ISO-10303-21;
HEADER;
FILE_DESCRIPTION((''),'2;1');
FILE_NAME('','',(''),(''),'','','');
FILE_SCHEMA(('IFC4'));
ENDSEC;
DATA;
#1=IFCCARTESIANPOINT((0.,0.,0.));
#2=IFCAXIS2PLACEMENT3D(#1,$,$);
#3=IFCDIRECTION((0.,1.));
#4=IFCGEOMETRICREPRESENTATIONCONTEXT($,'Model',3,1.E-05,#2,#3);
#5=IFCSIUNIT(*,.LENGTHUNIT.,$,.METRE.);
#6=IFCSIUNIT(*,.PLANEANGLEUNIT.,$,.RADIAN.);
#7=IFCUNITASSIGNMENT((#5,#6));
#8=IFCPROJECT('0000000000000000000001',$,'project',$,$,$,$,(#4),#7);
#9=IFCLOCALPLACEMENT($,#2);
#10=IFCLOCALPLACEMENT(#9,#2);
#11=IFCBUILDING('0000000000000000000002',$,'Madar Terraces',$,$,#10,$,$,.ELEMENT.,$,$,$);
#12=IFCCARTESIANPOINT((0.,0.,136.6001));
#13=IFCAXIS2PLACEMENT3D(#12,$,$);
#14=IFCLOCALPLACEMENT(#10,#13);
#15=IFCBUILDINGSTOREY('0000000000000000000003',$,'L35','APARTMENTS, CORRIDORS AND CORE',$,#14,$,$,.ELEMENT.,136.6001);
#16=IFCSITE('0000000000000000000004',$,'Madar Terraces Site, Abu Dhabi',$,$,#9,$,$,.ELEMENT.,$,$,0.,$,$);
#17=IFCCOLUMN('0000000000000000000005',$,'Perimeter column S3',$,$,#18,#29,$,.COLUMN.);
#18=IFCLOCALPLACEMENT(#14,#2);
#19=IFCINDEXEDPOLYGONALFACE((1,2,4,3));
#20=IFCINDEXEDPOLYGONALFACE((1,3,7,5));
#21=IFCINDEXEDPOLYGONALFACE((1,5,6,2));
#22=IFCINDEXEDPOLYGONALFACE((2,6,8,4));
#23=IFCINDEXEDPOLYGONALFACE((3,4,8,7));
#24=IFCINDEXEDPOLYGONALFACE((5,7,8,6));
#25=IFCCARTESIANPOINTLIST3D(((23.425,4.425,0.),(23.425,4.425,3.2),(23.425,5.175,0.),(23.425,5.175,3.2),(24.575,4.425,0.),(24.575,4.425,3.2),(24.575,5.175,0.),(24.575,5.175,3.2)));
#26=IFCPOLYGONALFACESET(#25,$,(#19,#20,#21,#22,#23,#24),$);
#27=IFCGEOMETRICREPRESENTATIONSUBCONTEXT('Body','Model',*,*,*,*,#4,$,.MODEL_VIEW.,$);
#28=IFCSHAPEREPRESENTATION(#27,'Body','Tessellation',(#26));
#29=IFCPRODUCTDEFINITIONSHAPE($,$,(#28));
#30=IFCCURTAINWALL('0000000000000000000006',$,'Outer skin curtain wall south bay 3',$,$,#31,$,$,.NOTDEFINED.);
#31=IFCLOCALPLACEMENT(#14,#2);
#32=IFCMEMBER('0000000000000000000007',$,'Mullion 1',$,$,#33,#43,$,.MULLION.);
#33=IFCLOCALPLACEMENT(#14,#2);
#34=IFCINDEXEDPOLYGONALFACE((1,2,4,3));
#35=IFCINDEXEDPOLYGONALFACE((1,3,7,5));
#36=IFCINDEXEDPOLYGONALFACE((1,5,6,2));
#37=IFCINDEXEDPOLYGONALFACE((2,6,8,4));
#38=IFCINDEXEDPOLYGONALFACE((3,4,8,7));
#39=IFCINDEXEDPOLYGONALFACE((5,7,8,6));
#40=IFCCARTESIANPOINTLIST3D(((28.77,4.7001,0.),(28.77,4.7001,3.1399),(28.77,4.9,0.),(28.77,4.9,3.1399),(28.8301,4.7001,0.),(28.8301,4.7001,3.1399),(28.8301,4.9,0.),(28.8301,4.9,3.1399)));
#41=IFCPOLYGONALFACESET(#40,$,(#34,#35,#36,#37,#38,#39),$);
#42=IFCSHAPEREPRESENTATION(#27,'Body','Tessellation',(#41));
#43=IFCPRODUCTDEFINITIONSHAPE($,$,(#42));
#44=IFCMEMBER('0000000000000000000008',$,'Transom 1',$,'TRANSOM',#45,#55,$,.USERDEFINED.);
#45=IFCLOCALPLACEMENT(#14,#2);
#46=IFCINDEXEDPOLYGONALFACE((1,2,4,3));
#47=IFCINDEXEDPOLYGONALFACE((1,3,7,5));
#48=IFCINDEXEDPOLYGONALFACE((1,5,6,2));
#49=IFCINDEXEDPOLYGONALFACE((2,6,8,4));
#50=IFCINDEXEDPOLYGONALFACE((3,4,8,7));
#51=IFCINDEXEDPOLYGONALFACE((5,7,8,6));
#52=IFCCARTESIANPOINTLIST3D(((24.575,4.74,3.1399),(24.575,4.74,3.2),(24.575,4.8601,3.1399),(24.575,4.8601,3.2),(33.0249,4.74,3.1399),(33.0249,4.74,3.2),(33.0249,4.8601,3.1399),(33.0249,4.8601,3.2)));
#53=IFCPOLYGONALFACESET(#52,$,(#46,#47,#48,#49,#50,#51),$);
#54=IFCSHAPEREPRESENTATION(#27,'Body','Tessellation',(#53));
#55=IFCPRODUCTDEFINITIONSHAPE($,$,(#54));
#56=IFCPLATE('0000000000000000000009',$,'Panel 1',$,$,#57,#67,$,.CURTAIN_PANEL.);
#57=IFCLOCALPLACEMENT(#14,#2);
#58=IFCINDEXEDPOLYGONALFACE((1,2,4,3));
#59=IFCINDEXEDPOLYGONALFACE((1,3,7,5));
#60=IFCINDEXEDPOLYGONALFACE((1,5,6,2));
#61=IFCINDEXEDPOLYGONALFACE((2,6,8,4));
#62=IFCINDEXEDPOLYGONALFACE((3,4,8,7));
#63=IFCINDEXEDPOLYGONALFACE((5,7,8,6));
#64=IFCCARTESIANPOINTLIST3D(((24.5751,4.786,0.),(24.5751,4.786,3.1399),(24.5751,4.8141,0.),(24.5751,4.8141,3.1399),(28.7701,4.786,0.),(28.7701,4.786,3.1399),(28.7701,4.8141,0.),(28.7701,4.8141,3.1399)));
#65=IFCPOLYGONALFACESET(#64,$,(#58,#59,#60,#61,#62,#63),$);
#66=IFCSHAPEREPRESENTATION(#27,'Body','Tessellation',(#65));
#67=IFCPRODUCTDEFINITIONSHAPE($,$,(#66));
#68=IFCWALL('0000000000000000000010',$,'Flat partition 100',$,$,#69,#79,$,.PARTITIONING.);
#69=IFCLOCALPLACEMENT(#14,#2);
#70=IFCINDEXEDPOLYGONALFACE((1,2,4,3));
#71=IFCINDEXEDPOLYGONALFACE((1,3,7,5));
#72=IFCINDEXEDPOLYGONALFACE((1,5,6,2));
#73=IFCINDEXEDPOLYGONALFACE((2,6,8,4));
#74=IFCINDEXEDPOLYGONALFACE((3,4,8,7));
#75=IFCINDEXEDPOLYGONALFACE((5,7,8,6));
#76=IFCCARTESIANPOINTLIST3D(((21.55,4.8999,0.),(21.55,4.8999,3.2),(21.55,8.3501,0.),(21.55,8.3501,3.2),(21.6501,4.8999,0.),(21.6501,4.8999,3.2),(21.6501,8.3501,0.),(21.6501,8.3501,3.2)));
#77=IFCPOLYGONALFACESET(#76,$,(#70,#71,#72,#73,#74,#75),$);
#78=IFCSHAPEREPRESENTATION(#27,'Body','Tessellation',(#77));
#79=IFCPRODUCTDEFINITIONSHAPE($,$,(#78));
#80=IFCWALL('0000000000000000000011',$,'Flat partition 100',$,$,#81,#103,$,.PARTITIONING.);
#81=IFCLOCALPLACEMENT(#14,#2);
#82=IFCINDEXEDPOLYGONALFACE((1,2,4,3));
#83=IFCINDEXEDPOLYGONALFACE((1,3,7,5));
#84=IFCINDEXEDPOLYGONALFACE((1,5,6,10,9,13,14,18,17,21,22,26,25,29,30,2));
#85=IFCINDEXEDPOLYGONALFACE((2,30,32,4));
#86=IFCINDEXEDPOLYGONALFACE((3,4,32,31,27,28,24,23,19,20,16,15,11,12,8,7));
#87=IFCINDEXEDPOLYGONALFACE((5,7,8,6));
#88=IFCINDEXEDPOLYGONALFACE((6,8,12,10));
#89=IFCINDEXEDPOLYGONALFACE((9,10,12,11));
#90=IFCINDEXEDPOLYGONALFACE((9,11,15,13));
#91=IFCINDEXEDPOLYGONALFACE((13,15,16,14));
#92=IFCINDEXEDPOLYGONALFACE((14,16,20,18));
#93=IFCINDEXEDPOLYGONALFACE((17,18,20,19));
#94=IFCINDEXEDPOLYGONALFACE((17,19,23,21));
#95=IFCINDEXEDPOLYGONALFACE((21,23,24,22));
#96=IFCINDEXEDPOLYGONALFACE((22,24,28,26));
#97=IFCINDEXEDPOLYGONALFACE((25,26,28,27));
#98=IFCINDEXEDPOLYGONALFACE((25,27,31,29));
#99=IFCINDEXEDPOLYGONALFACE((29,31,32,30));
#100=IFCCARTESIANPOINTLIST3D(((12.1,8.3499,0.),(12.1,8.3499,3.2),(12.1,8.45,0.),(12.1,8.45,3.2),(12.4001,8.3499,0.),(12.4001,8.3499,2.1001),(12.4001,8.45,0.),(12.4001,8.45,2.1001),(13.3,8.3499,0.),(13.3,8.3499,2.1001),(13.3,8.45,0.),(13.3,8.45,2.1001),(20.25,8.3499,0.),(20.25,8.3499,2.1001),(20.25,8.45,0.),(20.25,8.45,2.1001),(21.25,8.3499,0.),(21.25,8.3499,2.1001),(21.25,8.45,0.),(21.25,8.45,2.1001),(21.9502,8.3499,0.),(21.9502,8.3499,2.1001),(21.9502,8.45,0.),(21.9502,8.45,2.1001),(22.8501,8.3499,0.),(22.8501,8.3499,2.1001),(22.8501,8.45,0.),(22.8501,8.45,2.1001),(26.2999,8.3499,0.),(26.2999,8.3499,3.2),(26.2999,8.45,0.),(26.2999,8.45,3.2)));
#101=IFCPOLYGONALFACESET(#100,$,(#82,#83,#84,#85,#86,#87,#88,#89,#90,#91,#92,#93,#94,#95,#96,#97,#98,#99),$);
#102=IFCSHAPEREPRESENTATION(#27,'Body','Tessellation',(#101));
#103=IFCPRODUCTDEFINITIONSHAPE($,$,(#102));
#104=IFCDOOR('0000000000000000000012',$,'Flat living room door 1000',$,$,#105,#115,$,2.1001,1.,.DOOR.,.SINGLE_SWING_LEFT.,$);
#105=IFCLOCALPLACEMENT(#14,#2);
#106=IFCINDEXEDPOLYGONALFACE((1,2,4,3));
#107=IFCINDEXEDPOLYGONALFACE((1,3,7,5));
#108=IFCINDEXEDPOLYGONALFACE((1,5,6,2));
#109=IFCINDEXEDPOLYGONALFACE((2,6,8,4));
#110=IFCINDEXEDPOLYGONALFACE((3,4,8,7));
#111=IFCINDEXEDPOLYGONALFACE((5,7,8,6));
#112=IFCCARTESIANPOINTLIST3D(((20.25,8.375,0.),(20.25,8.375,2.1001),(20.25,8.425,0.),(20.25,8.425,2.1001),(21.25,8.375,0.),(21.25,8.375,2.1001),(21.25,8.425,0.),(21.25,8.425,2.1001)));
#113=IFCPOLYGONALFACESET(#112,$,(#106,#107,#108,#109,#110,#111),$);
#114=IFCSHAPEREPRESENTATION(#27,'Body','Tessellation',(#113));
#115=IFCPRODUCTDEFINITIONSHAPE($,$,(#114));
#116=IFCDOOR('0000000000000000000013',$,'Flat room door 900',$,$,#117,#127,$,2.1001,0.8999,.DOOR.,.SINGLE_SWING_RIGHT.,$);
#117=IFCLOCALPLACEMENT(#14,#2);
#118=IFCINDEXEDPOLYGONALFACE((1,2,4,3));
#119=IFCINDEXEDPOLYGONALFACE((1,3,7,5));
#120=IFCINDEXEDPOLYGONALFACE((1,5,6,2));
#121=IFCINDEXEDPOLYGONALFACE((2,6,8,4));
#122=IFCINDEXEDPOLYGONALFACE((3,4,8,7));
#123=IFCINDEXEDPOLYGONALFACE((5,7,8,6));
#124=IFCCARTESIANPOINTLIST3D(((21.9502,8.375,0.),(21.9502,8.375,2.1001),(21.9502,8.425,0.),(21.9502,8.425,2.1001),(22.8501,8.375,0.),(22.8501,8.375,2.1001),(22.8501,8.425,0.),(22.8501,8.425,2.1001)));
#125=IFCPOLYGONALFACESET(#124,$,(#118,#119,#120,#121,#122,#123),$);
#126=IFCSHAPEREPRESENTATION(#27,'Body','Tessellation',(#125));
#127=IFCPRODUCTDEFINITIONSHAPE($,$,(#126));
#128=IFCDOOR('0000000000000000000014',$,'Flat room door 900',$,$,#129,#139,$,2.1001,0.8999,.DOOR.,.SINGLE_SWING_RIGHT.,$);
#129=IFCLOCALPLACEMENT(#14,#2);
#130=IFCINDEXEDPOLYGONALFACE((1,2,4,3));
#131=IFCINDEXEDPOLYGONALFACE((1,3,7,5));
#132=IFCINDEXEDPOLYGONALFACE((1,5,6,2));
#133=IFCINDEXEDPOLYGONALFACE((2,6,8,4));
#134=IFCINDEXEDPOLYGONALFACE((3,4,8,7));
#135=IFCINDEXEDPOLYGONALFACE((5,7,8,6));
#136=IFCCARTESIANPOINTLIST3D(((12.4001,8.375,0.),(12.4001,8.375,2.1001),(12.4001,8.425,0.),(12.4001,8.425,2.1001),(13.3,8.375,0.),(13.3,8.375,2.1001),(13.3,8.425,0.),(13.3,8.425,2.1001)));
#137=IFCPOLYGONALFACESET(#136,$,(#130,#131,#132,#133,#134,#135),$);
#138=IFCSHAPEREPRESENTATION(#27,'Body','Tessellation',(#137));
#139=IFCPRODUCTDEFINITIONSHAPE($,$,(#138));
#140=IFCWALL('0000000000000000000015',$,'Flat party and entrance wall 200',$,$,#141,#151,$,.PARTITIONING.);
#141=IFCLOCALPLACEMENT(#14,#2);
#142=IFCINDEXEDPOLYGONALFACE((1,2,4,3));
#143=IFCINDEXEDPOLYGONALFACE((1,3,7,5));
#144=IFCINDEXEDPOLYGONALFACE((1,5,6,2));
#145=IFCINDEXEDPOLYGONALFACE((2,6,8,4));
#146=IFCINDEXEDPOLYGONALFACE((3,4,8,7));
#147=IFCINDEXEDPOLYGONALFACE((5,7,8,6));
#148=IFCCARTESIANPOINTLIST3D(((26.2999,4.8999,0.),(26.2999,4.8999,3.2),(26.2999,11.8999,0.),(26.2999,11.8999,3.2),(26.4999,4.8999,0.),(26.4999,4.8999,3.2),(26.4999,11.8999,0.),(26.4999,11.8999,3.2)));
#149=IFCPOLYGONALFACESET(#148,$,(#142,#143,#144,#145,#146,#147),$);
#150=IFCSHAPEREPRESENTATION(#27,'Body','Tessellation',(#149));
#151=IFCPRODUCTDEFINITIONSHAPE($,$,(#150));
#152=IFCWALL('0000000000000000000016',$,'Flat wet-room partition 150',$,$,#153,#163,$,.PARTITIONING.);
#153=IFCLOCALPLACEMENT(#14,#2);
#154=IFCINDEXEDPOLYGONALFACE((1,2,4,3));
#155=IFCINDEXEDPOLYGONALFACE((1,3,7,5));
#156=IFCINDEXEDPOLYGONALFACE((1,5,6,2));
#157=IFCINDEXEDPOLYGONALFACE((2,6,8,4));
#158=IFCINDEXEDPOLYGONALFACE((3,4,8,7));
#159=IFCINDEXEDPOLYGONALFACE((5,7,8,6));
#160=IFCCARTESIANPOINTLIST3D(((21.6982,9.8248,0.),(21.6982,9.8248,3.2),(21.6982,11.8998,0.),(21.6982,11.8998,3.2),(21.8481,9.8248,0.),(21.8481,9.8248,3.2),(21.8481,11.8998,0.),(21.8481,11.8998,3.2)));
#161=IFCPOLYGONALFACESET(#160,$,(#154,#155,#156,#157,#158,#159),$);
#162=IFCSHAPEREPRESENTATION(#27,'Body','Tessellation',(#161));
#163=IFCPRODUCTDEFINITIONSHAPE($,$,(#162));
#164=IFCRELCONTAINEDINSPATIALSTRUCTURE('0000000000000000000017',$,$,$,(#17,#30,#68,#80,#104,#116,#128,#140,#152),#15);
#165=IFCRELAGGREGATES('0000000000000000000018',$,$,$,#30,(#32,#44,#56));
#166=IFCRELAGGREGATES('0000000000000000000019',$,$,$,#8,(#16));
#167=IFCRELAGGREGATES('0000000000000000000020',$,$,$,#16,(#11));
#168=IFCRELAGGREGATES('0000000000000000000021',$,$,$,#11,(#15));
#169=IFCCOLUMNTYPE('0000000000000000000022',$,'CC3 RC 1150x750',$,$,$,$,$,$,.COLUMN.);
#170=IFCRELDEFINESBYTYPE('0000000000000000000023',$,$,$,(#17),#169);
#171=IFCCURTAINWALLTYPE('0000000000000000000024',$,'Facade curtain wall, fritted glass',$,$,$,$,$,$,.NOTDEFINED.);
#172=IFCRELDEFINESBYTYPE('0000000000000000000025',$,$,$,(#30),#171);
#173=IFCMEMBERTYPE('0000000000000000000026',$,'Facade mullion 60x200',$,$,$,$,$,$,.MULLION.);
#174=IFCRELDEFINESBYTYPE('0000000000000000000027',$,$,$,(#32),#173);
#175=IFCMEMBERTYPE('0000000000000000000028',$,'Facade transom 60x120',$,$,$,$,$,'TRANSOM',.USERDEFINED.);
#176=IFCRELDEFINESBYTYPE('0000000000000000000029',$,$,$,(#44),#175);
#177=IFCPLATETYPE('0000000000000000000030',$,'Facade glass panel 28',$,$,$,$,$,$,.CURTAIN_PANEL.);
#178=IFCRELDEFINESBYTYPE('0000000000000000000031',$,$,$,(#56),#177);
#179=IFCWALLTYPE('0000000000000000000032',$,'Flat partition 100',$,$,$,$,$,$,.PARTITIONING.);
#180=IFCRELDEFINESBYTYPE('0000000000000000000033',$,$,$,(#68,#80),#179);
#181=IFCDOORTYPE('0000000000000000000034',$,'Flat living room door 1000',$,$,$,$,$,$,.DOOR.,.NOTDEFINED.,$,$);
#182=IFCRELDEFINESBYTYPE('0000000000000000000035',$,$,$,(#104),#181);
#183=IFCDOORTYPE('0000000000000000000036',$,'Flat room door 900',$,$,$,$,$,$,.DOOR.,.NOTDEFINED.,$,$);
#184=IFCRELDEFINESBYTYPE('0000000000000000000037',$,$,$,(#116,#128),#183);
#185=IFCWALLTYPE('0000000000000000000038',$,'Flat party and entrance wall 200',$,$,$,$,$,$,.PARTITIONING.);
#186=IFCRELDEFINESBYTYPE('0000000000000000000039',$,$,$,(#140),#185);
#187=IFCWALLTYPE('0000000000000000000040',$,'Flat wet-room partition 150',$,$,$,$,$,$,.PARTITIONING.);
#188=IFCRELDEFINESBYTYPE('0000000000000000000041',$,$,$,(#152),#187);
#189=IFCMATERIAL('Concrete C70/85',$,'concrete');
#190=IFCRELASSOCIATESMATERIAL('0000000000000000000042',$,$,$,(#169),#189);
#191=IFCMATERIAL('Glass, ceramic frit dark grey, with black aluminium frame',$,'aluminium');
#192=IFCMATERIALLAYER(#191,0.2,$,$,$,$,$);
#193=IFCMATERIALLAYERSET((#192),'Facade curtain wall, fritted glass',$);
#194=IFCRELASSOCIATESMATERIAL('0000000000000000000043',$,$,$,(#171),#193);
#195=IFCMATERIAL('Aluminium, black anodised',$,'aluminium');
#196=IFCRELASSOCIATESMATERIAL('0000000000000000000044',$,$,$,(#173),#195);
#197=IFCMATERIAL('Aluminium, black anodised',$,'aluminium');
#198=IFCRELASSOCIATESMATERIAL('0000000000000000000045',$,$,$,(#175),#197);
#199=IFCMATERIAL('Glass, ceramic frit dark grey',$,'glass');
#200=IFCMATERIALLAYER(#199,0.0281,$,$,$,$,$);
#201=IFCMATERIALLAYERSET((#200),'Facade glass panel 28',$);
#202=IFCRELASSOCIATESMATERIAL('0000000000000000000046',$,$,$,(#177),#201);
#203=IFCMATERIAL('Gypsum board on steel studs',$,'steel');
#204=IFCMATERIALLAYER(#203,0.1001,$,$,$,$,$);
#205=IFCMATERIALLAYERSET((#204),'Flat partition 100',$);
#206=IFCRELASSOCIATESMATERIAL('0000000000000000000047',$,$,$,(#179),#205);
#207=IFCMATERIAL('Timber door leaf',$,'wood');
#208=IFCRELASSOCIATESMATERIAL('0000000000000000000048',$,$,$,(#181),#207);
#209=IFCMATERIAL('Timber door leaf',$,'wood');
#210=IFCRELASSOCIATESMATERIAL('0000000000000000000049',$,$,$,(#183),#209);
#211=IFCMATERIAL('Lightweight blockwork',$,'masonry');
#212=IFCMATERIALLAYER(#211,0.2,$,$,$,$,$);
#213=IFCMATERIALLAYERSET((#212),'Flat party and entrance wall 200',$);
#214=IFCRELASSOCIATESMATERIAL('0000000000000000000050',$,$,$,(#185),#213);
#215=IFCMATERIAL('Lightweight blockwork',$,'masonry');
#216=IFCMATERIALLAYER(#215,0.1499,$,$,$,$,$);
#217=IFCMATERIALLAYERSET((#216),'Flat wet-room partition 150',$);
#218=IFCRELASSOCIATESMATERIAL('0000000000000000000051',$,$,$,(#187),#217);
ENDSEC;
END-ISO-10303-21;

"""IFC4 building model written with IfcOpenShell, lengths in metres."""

from ifc_helpers import new_model, si_unit, direction, frame, frame_2d, origin, origin_2d, place, context, subcontext, project, spatial, rectangle, extrude, material, layer, layer_set, material_profile, profile_set, type_object, element, fill, aggregate, save


model = new_model("IFC4")

# Units and contexts
model_context = context("Model", 3, precision=1e-05, world=origin(), true_north=direction((0.0, 1.0)))
body_context = subcontext(model_context, "Body", "Model", "MODEL_VIEW")
ifc_project = project(units=[si_unit("LENGTHUNIT", "METRE"), si_unit("PLANEANGLEUNIT", "RADIAN")], contexts=[model_context])

# Site, building, storey
site_placement = place(None, origin())
site = spatial("IfcSite", under=ifc_project, at=site_placement, Name="Madar Terraces Site, Abu Dhabi", CompositionType="ELEMENT", RefElevation=0.0)
building_placement = place(site_placement, origin())
building = spatial("IfcBuilding", under=site, at=building_placement, Name="Madar Terraces", CompositionType="ELEMENT")
storey_placement = place(building_placement, frame((0.0, 0.0, 136.6001)))
storey = spatial("IfcBuildingStorey", under=building, at=storey_placement, Name="L35", Description="APARTMENTS, CORRIDORS AND CORE", CompositionType="ELEMENT", Elevation=136.6001)

# Column
ifc_material_1 = material(Name="Concrete C70/85", Category="concrete")
ifc_material_profile_1 = material_profile(ifc_material_1, rectangle(XDim=1.1499, YDim=0.75, at=origin_2d()), Name="CC3 RC 1150x750")
ifc_profile_set_1 = profile_set([ifc_material_profile_1], Name="Concrete C70/85")
column_type = type_object("IfcColumnType", Name="CC3 RC 1150x750", PredefinedType="COLUMN", material=ifc_profile_set_1)
column_placement = place(storey_placement, frame((24.0, 4.8, 0.0), z_axis=(0.0, 0.0, 1.0), x_axis=(1.0, 0.0, 0.0)))
element("IfcColumn", 1, at=column_placement, inside=storey, type_object=column_type, Name="Perimeter column S3", PredefinedType="COLUMN", context=body_context, shape_type="SweptSolid", body=[
    extrude(rectangle(XDim=1.1499, YDim=0.75, at=origin_2d()), origin(), (0.0, 0.0, 1.0), 3.2),
])

# Curtain wall, members, plate
ifc_material_2 = material(Name="Glass, ceramic frit dark grey, with black aluminium frame", Category="aluminium")
ifc_layer_1 = layer(ifc_material_2, 0.2)
ifc_layer_set_1 = layer_set([ifc_layer_1], Name="Facade curtain wall, fritted glass")
curtain_wall_type = type_object("IfcCurtainWallType", Name="Facade curtain wall, fritted glass", PredefinedType="NOTDEFINED", material=ifc_layer_set_1)
curtain_wall_placement = place(storey_placement, origin())
curtain_wall = element("IfcCurtainWall", 2, at=curtain_wall_placement, inside=storey, type_object=curtain_wall_type, Name="Outer skin curtain wall south bay 3", PredefinedType="NOTDEFINED")
ifc_material_3 = material(Name="Aluminium, black anodised", Category="aluminium")
ifc_material_profile_2 = material_profile(ifc_material_3, rectangle(XDim=0.2, YDim=0.0601, at=origin_2d()), Name="Facade mullion 60x200")
ifc_profile_set_2 = profile_set([ifc_material_profile_2], Name="Aluminium, black anodised")
member_type_1 = type_object("IfcMemberType", Name="Facade mullion 60x200", PredefinedType="MULLION", material=ifc_profile_set_2)
member_1_placement = place(storey_placement, frame((28.8, 4.8, 0.0), z_axis=(0.0, 0.0, 1.0), x_axis=(0.0, 1.0, 0.0)))
member_1 = element("IfcMember", 3, at=member_1_placement, type_object=member_type_1, Name="Mullion 1", PredefinedType="MULLION", context=body_context, shape_type="SweptSolid", body=[
    extrude(rectangle(XDim=0.2, YDim=0.0601, at=origin_2d()), origin(), (0.0, 0.0, 1.0), 3.1399),
])
ifc_material_4 = material(Name="Aluminium, black anodised", Category="aluminium")
ifc_material_profile_3 = material_profile(ifc_material_4, rectangle(XDim=0.1201, YDim=0.0601, at=origin_2d()), Name="Facade transom 60x120")
ifc_profile_set_3 = profile_set([ifc_material_profile_3], Name="Aluminium, black anodised")
member_type_2 = type_object("IfcMemberType", Name="Facade transom 60x120", ElementType="TRANSOM", PredefinedType="USERDEFINED", material=ifc_profile_set_3)
member_2_placement = place(storey_placement, frame((24.575, 4.8, 3.1699), z_axis=(1.0, 0.0, 0.0), x_axis=(0.0, 1.0, 0.0)))
member_2 = element("IfcMember", 4, at=member_2_placement, type_object=member_type_2, Name="Transom 1", ObjectType="TRANSOM", PredefinedType="USERDEFINED", context=body_context, shape_type="SweptSolid", body=[
    extrude(rectangle(XDim=0.1201, YDim=0.0601, at=origin_2d()), origin(), (0.0, 0.0, 1.0), 8.45),
])
ifc_material_5 = material(Name="Glass, ceramic frit dark grey", Category="glass")
ifc_layer_2 = layer(ifc_material_5, 0.0281)
ifc_layer_set_2 = layer_set([ifc_layer_2], Name="Facade glass panel 28")
plate_type = type_object("IfcPlateType", Name="Facade glass panel 28", PredefinedType="CURTAIN_PANEL", material=ifc_layer_set_2)
plate_placement = place(storey_placement, frame((26.6726, 4.8, 0.0), z_axis=(0.0, 0.0, 1.0), x_axis=(1.0, 0.0, 0.0)))
plate = element("IfcPlate", 5, at=plate_placement, type_object=plate_type, Name="Panel 1", PredefinedType="CURTAIN_PANEL", context=body_context, shape_type="SweptSolid", body=[
    extrude(rectangle(XDim=4.1951, YDim=0.0281, at=origin_2d()), origin(), (0.0, 0.0, 1.0), 3.1399),
])
aggregate(curtain_wall, [member_1, member_2, plate])

# Wall
ifc_material_6 = material(Name="Gypsum board on steel studs", Category="steel")
ifc_layer_3 = layer(ifc_material_6, 0.1001)
ifc_layer_set_3 = layer_set([ifc_layer_3], Name="Flat partition 100")
wall_type_1 = type_object("IfcWallType", Name="Flat partition 100", PredefinedType="PARTITIONING", material=ifc_layer_set_3)
wall_1_placement = place(storey_placement, frame((21.6001, 8.3501, 0.0), z_axis=(0.0, 0.0, 1.0), x_axis=(0.0, -1.0, 0.0)))
element("IfcWall", 6, at=wall_1_placement, inside=storey, type_object=wall_type_1, Name="Flat partition 100", PredefinedType="PARTITIONING", context=body_context, shape_type="SweptSolid", body=[
    extrude(rectangle(XDim=3.4502, YDim=0.1001, at=frame_2d((1.7251, 0.0))), origin(), (0.0, 0.0, 1.0), 3.2),
])

# Wall, openings, doors
wall_2_placement = place(storey_placement, frame((26.3, 8.3999, 0.0), z_axis=(0.0, 0.0, 1.0), x_axis=(-1.0, 0.0, 0.0)))
wall_2 = element("IfcWall", 7, at=wall_2_placement, inside=storey, type_object=wall_type_1, Name="Flat partition 100", PredefinedType="PARTITIONING", context=body_context, shape_type="SweptSolid", body=[
    extrude(rectangle(XDim=14.2, YDim=0.1001, at=frame_2d((7.1001, 0.0))), origin(), (0.0, 0.0, 1.0), 3.2),
])
opening_1_placement = place(wall_2_placement, frame((3.45, 0.0, 0.0)))
opening_1 = element("IfcOpeningElement", 8, at=opening_1_placement, cuts=wall_2, PredefinedType="OPENING", context=body_context, shape_type="SweptSolid", body=[
    extrude(rectangle(XDim=0.8999, YDim=2.1001, at=frame_2d((0.45, 1.05))), frame((0.0, 0.0601, 0.0), z_axis=(0.0, -1.0, 0.0), x_axis=(1.0, 0.0, 0.0)), (0.0, 0.0, 1.0), 0.1201),
])
opening_2_placement = place(wall_2_placement, frame((5.05, 0.0, 0.0)))
opening_2 = element("IfcOpeningElement", 9, at=opening_2_placement, cuts=wall_2, PredefinedType="OPENING", context=body_context, shape_type="SweptSolid", body=[
    extrude(rectangle(XDim=1.0, YDim=2.1001, at=frame_2d((0.5, 1.05))), frame((0.0, 0.0601, 0.0), z_axis=(0.0, -1.0, 0.0), x_axis=(1.0, 0.0, 0.0)), (0.0, 0.0, 1.0), 0.1201),
])
opening_3_placement = place(wall_2_placement, frame((13.0, 0.0, 0.0)))
opening_3 = element("IfcOpeningElement", 10, at=opening_3_placement, cuts=wall_2, PredefinedType="OPENING", context=body_context, shape_type="SweptSolid", body=[
    extrude(rectangle(XDim=0.8999, YDim=2.1001, at=frame_2d((0.45, 1.05))), frame((0.0, 0.0601, 0.0), z_axis=(0.0, -1.0, 0.0), x_axis=(1.0, 0.0, 0.0)), (0.0, 0.0, 1.0), 0.1201),
])
ifc_material_7 = material(Name="Timber door leaf", Category="wood")
door_type_1 = type_object("IfcDoorType", Name="Flat living room door 1000", OperationType="NOTDEFINED", PredefinedType="DOOR", material=ifc_material_7)
door_1_placement = place(opening_2_placement, origin())
door_1 = element("IfcDoor", 11, at=door_1_placement, inside=storey, type_object=door_type_1, Name="Flat living room door 1000", OperationType="SINGLE_SWING_LEFT", OverallHeight=2.1001, OverallWidth=1.0, PredefinedType="DOOR", context=body_context, shape_type="SweptSolid", body=[
    extrude(rectangle(XDim=1.0, YDim=2.1001, at=frame_2d((0.5, 1.05))), frame((0.0, 0.0249, 0.0), z_axis=(0.0, -1.0, 0.0), x_axis=(1.0, 0.0, 0.0)), (0.0, 0.0, 1.0), 0.05),
])
fill(opening_2, door_1)
ifc_material_8 = material(Name="Timber door leaf", Category="wood")
door_type_2 = type_object("IfcDoorType", Name="Flat room door 900", OperationType="NOTDEFINED", PredefinedType="DOOR", material=ifc_material_8)
door_2_placement = place(opening_1_placement, origin())
door_2 = element("IfcDoor", 12, at=door_2_placement, inside=storey, type_object=door_type_2, Name="Flat room door 900", OperationType="SINGLE_SWING_RIGHT", OverallHeight=2.1001, OverallWidth=0.8999, PredefinedType="DOOR", context=body_context, shape_type="SweptSolid", body=[
    extrude(rectangle(XDim=0.8999, YDim=2.1001, at=frame_2d((0.45, 1.05))), frame((0.0, 0.0249, 0.0), z_axis=(0.0, -1.0, 0.0), x_axis=(1.0, 0.0, 0.0)), (0.0, 0.0, 1.0), 0.05),
])
fill(opening_1, door_2)
door_3_placement = place(opening_3_placement, origin())
door_3 = element("IfcDoor", 13, at=door_3_placement, inside=storey, type_object=door_type_2, Name="Flat room door 900", OperationType="SINGLE_SWING_RIGHT", OverallHeight=2.1001, OverallWidth=0.8999, PredefinedType="DOOR", context=body_context, shape_type="SweptSolid", body=[
    extrude(rectangle(XDim=0.8999, YDim=2.1001, at=frame_2d((0.45, 1.05))), frame((0.0, 0.0249, 0.0), z_axis=(0.0, -1.0, 0.0), x_axis=(1.0, 0.0, 0.0)), (0.0, 0.0, 1.0), 0.05),
])
fill(opening_3, door_3)

# Walls
ifc_material_9 = material(Name="Lightweight blockwork", Category="masonry")
ifc_layer_4 = layer(ifc_material_9, 0.2)
ifc_layer_set_4 = layer_set([ifc_layer_4], Name="Flat party and entrance wall 200")
wall_type_2 = type_object("IfcWallType", Name="Flat party and entrance wall 200", PredefinedType="PARTITIONING", material=ifc_layer_set_4)
wall_3_placement = place(storey_placement, frame((26.3999, 11.8999, 0.0), z_axis=(0.0, 0.0, 1.0), x_axis=(0.0, -1.0, 0.0)))
element("IfcWall", 14, at=wall_3_placement, inside=storey, type_object=wall_type_2, Name="Flat party and entrance wall 200", PredefinedType="PARTITIONING", context=body_context, shape_type="SweptSolid", body=[
    extrude(rectangle(XDim=7.0, YDim=0.2, at=frame_2d((3.5, 0.0))), origin(), (0.0, 0.0, 1.0), 3.2),
])
ifc_material_10 = material(Name="Lightweight blockwork", Category="masonry")
ifc_layer_5 = layer(ifc_material_10, 0.1499)
ifc_layer_set_5 = layer_set([ifc_layer_5], Name="Flat wet-room partition 150")
wall_type_3 = type_object("IfcWallType", Name="Flat wet-room partition 150", PredefinedType="PARTITIONING", material=ifc_layer_set_5)
wall_4_placement = place(storey_placement, frame((21.7732, 11.8999, 0.0), z_axis=(0.0, 0.0, 1.0), x_axis=(0.0, -1.0, 0.0)))
element("IfcWall", 15, at=wall_4_placement, inside=storey, type_object=wall_type_3, Name="Flat wet-room partition 150", PredefinedType="PARTITIONING", context=body_context, shape_type="SweptSolid", body=[
    extrude(rectangle(XDim=2.075, YDim=0.1499, at=frame_2d((1.0376, 0.0))), origin(), (0.0, 0.0, 1.0), 3.2),
])

save(model, "model.ifc")
